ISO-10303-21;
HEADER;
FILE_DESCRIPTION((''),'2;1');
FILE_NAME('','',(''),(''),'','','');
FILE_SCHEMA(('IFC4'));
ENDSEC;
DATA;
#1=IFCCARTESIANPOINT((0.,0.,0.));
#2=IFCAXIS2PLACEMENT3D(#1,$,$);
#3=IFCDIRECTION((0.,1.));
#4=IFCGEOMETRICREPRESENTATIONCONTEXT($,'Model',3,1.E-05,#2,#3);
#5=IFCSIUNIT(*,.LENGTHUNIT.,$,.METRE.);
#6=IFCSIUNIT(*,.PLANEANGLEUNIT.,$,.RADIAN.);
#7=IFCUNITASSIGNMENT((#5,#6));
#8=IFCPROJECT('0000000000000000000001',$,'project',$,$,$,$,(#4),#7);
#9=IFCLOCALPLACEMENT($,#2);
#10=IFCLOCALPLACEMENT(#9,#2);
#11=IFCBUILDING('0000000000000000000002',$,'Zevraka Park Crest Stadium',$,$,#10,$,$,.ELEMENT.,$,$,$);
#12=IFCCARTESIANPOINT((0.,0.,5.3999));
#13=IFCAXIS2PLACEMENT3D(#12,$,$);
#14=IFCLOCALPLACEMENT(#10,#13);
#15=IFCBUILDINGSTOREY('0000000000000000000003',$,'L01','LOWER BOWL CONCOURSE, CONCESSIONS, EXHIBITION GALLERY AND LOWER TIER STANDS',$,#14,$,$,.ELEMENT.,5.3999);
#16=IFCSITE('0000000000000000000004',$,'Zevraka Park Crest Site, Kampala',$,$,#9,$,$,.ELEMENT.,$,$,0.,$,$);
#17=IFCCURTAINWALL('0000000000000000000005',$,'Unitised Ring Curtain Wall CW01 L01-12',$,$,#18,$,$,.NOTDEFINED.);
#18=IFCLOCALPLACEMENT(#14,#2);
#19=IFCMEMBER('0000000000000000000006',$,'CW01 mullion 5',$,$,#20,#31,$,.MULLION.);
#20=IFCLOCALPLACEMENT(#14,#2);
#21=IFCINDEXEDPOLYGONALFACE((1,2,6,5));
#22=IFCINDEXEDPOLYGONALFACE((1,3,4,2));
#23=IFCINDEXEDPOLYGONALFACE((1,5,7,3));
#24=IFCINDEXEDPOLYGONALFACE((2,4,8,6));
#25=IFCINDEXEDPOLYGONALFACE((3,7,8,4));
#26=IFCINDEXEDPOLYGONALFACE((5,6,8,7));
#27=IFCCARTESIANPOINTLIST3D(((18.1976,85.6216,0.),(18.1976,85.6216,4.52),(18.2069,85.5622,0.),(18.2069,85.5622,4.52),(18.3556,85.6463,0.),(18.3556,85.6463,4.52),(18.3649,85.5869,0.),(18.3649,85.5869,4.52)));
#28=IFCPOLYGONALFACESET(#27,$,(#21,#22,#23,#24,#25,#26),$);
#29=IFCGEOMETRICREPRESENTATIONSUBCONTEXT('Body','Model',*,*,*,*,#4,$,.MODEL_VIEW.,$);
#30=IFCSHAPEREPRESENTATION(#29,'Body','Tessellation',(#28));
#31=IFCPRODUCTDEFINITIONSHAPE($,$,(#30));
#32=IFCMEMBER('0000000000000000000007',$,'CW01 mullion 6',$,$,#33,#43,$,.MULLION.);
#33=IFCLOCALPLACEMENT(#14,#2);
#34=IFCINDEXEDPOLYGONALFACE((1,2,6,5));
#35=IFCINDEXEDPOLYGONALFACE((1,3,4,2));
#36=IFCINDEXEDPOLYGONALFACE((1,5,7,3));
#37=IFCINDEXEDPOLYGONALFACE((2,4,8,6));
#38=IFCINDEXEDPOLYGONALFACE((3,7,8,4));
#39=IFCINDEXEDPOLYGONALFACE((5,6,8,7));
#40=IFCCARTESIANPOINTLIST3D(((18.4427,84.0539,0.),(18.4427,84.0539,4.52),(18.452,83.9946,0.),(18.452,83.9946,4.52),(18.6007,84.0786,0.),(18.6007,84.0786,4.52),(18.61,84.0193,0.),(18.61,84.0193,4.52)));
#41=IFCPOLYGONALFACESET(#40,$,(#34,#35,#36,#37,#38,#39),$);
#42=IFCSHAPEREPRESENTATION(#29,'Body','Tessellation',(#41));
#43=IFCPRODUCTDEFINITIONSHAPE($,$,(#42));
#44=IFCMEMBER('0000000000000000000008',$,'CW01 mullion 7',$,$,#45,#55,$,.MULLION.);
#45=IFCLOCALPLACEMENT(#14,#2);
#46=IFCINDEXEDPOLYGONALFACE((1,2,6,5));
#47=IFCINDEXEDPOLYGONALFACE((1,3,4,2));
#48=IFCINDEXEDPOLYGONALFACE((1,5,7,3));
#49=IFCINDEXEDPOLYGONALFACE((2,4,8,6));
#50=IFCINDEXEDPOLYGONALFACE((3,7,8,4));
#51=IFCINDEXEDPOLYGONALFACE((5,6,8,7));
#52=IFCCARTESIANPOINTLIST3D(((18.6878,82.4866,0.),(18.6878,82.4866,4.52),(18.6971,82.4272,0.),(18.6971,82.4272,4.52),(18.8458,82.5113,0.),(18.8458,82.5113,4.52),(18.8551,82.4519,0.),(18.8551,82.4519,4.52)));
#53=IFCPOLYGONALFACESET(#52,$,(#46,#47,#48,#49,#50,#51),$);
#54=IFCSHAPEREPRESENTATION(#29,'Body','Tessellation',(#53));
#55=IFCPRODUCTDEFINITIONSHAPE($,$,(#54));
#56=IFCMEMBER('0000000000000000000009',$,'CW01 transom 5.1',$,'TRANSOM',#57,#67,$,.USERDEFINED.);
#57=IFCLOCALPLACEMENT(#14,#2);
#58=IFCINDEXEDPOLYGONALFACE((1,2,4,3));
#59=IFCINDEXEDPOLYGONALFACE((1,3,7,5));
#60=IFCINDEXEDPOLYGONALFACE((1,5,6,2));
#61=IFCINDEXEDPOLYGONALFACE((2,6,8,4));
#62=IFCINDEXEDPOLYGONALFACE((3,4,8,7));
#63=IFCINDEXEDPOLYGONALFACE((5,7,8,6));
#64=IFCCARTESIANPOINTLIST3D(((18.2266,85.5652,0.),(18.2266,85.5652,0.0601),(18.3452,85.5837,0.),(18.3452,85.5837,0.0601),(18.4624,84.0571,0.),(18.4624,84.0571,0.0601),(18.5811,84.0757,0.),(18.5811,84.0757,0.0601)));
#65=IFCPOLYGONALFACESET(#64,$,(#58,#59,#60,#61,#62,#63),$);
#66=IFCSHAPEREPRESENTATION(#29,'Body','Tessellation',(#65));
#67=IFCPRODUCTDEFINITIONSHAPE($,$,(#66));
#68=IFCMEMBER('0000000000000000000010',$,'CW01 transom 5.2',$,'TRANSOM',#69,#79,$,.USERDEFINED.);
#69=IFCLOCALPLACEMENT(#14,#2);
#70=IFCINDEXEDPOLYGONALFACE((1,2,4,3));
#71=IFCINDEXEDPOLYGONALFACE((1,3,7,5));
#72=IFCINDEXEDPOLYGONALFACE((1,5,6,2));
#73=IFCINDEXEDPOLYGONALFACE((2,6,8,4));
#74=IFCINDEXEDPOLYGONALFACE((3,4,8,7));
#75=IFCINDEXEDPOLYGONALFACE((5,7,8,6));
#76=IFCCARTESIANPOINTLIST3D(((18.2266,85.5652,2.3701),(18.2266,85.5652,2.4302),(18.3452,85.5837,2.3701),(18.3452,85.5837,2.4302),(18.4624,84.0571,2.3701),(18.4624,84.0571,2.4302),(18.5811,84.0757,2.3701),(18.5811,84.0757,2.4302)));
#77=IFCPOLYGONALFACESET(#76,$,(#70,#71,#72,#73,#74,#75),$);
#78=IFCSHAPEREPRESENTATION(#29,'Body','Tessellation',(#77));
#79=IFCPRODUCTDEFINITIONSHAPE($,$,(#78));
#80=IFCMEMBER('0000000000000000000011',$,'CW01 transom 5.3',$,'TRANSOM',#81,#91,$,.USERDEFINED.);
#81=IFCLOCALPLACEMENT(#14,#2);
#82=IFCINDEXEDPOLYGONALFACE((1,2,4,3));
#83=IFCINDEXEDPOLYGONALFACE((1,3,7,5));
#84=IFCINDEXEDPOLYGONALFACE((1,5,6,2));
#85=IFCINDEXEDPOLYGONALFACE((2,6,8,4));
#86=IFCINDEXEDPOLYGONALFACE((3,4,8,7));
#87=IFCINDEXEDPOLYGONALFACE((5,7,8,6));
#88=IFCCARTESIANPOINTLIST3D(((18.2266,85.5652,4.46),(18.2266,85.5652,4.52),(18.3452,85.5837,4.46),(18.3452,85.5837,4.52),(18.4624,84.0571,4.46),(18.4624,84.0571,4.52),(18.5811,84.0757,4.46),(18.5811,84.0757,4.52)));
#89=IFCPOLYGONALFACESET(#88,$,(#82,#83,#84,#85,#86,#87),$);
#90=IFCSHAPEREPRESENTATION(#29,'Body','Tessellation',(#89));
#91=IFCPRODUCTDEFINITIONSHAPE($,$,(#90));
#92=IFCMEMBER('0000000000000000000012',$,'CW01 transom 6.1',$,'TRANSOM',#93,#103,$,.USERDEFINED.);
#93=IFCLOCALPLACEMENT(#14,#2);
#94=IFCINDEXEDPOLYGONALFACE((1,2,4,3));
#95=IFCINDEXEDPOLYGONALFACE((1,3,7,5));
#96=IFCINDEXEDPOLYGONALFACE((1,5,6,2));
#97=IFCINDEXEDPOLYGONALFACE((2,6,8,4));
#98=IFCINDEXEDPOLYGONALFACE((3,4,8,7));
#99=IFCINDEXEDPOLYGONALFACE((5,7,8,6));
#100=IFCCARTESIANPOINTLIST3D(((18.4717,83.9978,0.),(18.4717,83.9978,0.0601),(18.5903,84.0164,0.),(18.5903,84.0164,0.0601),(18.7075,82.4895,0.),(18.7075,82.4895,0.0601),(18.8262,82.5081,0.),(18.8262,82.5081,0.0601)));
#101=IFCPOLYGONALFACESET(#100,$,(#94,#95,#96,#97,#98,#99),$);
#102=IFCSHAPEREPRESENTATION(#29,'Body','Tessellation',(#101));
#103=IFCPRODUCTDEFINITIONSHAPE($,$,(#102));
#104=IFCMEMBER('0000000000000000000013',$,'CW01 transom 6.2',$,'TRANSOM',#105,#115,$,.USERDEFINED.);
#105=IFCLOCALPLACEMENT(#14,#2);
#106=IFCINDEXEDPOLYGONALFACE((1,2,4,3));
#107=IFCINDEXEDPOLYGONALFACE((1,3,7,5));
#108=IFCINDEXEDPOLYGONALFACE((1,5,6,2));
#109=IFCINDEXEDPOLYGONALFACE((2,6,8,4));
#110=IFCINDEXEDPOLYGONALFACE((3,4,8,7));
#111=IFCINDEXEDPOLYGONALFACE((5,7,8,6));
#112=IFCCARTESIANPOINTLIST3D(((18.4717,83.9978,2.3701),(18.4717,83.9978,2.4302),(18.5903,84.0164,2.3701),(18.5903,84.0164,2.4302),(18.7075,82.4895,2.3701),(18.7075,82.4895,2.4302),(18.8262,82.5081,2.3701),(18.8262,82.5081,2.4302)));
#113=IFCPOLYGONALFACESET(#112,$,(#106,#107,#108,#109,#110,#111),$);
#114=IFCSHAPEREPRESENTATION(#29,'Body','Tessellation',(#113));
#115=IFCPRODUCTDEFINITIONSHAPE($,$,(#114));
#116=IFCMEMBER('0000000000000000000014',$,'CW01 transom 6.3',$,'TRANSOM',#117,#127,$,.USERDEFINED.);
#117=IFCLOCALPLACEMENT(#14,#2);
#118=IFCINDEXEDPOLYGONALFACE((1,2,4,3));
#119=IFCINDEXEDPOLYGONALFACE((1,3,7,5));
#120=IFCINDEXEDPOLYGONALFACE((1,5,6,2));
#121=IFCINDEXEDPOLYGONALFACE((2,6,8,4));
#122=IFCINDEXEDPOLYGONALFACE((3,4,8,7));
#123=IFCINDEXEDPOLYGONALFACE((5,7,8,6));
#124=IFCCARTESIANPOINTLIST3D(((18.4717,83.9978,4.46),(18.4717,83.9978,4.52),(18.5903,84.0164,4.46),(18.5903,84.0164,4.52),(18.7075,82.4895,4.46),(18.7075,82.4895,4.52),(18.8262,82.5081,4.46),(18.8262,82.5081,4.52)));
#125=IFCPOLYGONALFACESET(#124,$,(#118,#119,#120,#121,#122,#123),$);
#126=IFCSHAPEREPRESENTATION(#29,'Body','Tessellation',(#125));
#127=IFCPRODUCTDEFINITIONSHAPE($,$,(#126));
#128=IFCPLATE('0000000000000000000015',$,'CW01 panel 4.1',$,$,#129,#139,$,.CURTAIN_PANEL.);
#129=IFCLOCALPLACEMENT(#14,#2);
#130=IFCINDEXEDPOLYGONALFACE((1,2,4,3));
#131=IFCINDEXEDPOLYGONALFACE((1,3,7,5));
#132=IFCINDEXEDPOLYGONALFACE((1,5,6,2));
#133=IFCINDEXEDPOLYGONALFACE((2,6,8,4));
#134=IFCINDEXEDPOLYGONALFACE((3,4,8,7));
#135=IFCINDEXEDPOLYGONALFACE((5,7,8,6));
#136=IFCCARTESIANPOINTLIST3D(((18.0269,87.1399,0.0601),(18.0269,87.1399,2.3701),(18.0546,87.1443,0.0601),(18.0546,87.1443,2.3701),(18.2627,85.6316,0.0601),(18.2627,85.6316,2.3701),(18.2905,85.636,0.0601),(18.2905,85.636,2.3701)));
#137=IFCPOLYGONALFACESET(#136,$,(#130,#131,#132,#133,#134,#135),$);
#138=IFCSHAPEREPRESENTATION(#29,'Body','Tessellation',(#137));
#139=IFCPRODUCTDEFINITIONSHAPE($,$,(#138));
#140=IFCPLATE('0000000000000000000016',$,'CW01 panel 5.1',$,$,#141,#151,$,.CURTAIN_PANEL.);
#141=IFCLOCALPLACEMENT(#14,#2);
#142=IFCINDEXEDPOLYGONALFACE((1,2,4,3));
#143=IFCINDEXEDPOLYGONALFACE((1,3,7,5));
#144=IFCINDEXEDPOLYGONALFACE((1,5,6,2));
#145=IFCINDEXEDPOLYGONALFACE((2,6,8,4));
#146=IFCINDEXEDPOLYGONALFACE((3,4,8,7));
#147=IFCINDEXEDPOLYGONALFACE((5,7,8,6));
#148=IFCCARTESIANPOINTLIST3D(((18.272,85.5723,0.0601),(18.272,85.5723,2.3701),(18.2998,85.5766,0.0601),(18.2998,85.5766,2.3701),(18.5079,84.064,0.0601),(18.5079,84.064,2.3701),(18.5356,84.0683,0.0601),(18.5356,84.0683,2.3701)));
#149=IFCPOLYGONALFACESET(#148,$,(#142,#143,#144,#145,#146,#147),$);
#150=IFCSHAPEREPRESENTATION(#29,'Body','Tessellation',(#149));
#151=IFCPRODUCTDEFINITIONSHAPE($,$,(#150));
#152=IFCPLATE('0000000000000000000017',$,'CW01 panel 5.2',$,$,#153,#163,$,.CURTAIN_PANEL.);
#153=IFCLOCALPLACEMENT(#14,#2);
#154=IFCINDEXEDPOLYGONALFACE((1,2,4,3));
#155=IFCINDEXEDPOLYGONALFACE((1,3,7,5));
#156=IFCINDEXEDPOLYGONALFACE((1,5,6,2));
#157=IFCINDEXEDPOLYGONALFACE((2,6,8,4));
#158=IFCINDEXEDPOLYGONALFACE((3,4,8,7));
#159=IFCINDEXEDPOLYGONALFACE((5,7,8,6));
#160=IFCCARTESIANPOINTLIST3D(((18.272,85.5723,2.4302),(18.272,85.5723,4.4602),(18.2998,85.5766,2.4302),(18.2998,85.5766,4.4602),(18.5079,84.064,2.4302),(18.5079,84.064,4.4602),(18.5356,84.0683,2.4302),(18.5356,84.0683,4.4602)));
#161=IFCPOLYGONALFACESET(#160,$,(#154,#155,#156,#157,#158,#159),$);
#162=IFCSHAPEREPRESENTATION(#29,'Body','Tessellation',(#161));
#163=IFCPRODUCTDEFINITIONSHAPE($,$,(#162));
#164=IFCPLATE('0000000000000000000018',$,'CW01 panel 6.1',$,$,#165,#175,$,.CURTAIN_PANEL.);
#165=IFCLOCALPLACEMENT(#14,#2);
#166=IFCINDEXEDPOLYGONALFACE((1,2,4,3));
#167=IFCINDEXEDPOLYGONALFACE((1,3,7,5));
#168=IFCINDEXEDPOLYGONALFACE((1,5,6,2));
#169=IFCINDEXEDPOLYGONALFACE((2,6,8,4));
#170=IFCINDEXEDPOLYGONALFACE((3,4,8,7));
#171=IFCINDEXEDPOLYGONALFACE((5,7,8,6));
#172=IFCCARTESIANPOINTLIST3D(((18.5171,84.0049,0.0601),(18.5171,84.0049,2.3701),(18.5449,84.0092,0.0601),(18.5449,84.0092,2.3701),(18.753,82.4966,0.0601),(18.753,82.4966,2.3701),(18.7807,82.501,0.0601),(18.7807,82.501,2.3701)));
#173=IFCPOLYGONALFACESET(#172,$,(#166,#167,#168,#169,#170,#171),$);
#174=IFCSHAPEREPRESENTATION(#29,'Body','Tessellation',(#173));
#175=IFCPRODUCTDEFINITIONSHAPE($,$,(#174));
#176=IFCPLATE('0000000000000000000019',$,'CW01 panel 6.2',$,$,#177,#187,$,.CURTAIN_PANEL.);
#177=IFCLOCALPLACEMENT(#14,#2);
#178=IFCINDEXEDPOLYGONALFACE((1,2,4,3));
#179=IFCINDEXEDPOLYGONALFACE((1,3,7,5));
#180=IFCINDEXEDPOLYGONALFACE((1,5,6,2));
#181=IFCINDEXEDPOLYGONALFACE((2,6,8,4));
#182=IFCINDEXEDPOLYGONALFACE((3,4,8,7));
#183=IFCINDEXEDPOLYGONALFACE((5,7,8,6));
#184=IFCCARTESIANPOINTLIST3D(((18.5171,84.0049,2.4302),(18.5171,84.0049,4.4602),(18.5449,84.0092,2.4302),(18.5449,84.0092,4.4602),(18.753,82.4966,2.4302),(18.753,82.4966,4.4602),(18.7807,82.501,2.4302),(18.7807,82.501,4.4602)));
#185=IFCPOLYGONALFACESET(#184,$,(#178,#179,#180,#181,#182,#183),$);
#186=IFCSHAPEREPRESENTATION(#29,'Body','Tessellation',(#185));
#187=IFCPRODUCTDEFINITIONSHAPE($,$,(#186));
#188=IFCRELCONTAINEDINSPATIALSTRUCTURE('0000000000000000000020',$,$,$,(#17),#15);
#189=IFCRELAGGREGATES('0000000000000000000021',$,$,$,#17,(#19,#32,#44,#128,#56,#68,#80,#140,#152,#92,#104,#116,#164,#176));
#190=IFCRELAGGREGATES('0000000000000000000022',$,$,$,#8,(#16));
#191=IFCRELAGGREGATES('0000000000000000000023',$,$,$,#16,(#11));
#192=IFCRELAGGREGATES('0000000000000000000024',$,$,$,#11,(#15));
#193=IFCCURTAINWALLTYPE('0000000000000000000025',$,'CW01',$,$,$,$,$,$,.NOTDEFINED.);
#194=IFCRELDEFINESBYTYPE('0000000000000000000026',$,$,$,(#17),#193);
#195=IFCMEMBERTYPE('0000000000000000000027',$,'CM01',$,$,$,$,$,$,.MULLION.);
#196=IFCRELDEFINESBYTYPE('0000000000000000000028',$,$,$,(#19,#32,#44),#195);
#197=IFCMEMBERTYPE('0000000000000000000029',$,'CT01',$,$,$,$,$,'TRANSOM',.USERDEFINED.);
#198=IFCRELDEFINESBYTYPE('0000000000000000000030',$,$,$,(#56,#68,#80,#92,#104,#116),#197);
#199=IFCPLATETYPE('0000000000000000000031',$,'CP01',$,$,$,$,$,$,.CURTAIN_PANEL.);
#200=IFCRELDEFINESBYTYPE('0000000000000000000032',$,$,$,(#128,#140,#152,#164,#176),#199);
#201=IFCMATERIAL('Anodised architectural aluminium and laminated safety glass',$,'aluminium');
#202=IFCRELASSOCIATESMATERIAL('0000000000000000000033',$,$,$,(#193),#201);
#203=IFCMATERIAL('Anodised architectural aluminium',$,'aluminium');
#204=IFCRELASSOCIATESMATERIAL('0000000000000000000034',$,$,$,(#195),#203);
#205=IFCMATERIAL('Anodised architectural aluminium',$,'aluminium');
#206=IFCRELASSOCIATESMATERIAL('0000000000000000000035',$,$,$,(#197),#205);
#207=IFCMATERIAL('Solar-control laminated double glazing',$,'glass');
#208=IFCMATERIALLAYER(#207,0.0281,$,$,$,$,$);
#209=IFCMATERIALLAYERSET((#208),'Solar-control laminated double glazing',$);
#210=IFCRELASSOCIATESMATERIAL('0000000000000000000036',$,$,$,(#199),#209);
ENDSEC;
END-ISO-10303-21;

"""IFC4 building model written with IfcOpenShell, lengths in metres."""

from ifc_helpers import new_model, si_unit, direction, frame, origin, origin_2d, place, context, subcontext, project, spatial, rectangle, extrude, material, layer, layer_set, material_profile, profile_set, type_object, element, aggregate, save


model = new_model("IFC4")

# Units and contexts
model_context = context("Model", 3, precision=1e-05, world=origin(), true_north=direction((0.0, 1.0)))
body_context = subcontext(model_context, "Body", "Model", "MODEL_VIEW")
ifc_project = project(units=[si_unit("LENGTHUNIT", "METRE"), si_unit("PLANEANGLEUNIT", "RADIAN")], contexts=[model_context])

# Site, building, storey
site_placement = place(None, origin())
site = spatial("IfcSite", under=ifc_project, at=site_placement, Name="Zevraka Park Crest Site, Kampala", CompositionType="ELEMENT", RefElevation=0.0)
building_placement = place(site_placement, origin())
building = spatial("IfcBuilding", under=site, at=building_placement, Name="Zevraka Park Crest Stadium", CompositionType="ELEMENT")
storey_placement = place(building_placement, frame((0.0, 0.0, 5.3999)))
storey = spatial("IfcBuildingStorey", under=building, at=storey_placement, Name="L01", Description="LOWER BOWL CONCOURSE, CONCESSIONS, EXHIBITION GALLERY AND LOWER TIER STANDS", CompositionType="ELEMENT", Elevation=5.3999)

# Curtain wall, members, plates
ifc_material_1 = material(Name="Anodised architectural aluminium and laminated safety glass", Category="aluminium")
curtain_wall_type = type_object("IfcCurtainWallType", Name="CW01", PredefinedType="NOTDEFINED", material=ifc_material_1)
curtain_wall_placement = place(storey_placement, origin())
curtain_wall = element("IfcCurtainWall", 1, at=curtain_wall_placement, inside=storey, type_object=curtain_wall_type, Name="Unitised Ring Curtain Wall CW01 L01-12", PredefinedType="NOTDEFINED")
ifc_material_2 = material(Name="Anodised architectural aluminium", Category="aluminium")
ifc_material_profile_1 = material_profile(ifc_material_2, rectangle(XDim=0.1599, YDim=0.0601, at=origin_2d()), Name="ALU MULLION 160x60")
ifc_profile_set_1 = profile_set([ifc_material_profile_1], Name="Anodised architectural aluminium")
member_type_1 = type_object("IfcMemberType", Name="CM01", PredefinedType="MULLION", material=ifc_profile_set_1)
member_1_placement = place(storey_placement, frame((18.2812, 85.6042, 0.0), z_axis=(0.0, 0.0, 1.0), x_axis=(0.987997, 0.154476, 0.0)))
member_1 = element("IfcMember", 2, at=member_1_placement, type_object=member_type_1, Name="CW01 mullion 5", PredefinedType="MULLION", context=body_context, shape_type="SweptSolid", body=[
    extrude(rectangle(XDim=0.1599, YDim=0.0601, at=origin_2d()), origin(), (0.0, 0.0, 1.0), 4.52),
])
member_2_placement = place(storey_placement, frame((18.5264, 84.0366, 0.0), z_axis=(0.0, 0.0, 1.0), x_axis=(0.987997, 0.154476, 0.0)))
member_2 = element("IfcMember", 3, at=member_2_placement, type_object=member_type_1, Name="CW01 mullion 6", PredefinedType="MULLION", context=body_context, shape_type="SweptSolid", body=[
    extrude(rectangle(XDim=0.1599, YDim=0.0601, at=origin_2d()), origin(), (0.0, 0.0, 1.0), 4.52),
])
member_3_placement = place(storey_placement, frame((18.7715, 82.4692, 0.0), z_axis=(0.0, 0.0, 1.0), x_axis=(0.987997, 0.154476, 0.0)))
member_3 = element("IfcMember", 4, at=member_3_placement, type_object=member_type_1, Name="CW01 mullion 7", PredefinedType="MULLION", context=body_context, shape_type="SweptSolid", body=[
    extrude(rectangle(XDim=0.1599, YDim=0.0601, at=origin_2d()), origin(), (0.0, 0.0, 1.0), 4.52),
])
ifc_material_3 = material(Name="Anodised architectural aluminium", Category="aluminium")
ifc_material_profile_2 = material_profile(ifc_material_3, rectangle(XDim=0.1201, YDim=0.0601, at=origin_2d()), Name="ALU TRANSOM 120x60")
ifc_profile_set_2 = profile_set([ifc_material_profile_2], Name="Anodised architectural aluminium")
member_type_2 = type_object("IfcMemberType", Name="CT01", ElementType="TRANSOM", PredefinedType="USERDEFINED", material=ifc_profile_set_2)
member_4_placement = place(storey_placement, frame((18.2859, 85.5745, 0.03), z_axis=(0.154509, -0.987991, 0.0), x_axis=(0.987991, 0.154509, 0.0)))
member_4 = element("IfcMember", 5, at=member_4_placement, type_object=member_type_2, Name="CW01 transom 5.1", ObjectType="TRANSOM", PredefinedType="USERDEFINED", context=body_context, shape_type="SweptSolid", body=[
    extrude(rectangle(XDim=0.1201, YDim=0.0601, at=origin_2d()), origin(), (0.0, 0.0, 1.0), 1.5264),
])
member_5_placement = place(storey_placement, frame((18.2859, 85.5745, 2.4001), z_axis=(0.154509, -0.987991, 0.0), x_axis=(0.987991, 0.154509, 0.0)))
member_5 = element("IfcMember", 6, at=member_5_placement, type_object=member_type_2, Name="CW01 transom 5.2", ObjectType="TRANSOM", PredefinedType="USERDEFINED", context=body_context, shape_type="SweptSolid", body=[
    extrude(rectangle(XDim=0.1201, YDim=0.0601, at=origin_2d()), origin(), (0.0, 0.0, 1.0), 1.5264),
])
member_6_placement = place(storey_placement, frame((18.2859, 85.5745, 4.49), z_axis=(0.154509, -0.987991, 0.0), x_axis=(0.987991, 0.154509, 0.0)))
member_6 = element("IfcMember", 7, at=member_6_placement, type_object=member_type_2, Name="CW01 transom 5.3", ObjectType="TRANSOM", PredefinedType="USERDEFINED", context=body_context, shape_type="SweptSolid", body=[
    extrude(rectangle(XDim=0.1201, YDim=0.0601, at=origin_2d()), origin(), (0.0, 0.0, 1.0), 1.5264),
])
member_7_placement = place(storey_placement, frame((18.531, 84.0071, 0.03), z_axis=(0.154484, -0.987995, 0.0), x_axis=(0.987995, 0.154484, 0.0)))
member_7 = element("IfcMember", 8, at=member_7_placement, type_object=member_type_2, Name="CW01 transom 6.1", ObjectType="TRANSOM", PredefinedType="USERDEFINED", context=body_context, shape_type="SweptSolid", body=[
    extrude(rectangle(XDim=0.1201, YDim=0.0601, at=origin_2d()), origin(), (0.0, 0.0, 1.0), 1.5266),
])
member_8_placement = place(storey_placement, frame((18.531, 84.0071, 2.4001), z_axis=(0.154484, -0.987995, 0.0), x_axis=(0.987995, 0.154484, 0.0)))
member_8 = element("IfcMember", 9, at=member_8_placement, type_object=member_type_2, Name="CW01 transom 6.2", ObjectType="TRANSOM", PredefinedType="USERDEFINED", context=body_context, shape_type="SweptSolid", body=[
    extrude(rectangle(XDim=0.1201, YDim=0.0601, at=origin_2d()), origin(), (0.0, 0.0, 1.0), 1.5266),
])
member_9_placement = place(storey_placement, frame((18.531, 84.0071, 4.49), z_axis=(0.154484, -0.987995, 0.0), x_axis=(0.987995, 0.154484, 0.0)))
member_9 = element("IfcMember", 10, at=member_9_placement, type_object=member_type_2, Name="CW01 transom 6.3", ObjectType="TRANSOM", PredefinedType="USERDEFINED", context=body_context, shape_type="SweptSolid", body=[
    extrude(rectangle(XDim=0.1201, YDim=0.0601, at=origin_2d()), origin(), (0.0, 0.0, 1.0), 1.5266),
])
ifc_material_4 = material(Name="Solar-control laminated double glazing", Category="glass")
ifc_layer_1 = layer(ifc_material_4, 0.0281)
ifc_layer_set_1 = layer_set([ifc_layer_1], Name="Solar-control laminated double glazing")
plate_type = type_object("IfcPlateType", Name="CP01", PredefinedType="CURTAIN_PANEL", material=ifc_layer_set_1)
plate_1_placement = place(storey_placement, frame((18.1587, 86.3879, 0.0601), z_axis=(0.0, 0.0, 1.0), x_axis=(0.154476, -0.987997, 0.0)))
plate_1 = element("IfcPlate", 11, at=plate_1_placement, type_object=plate_type, Name="CW01 panel 4.1", PredefinedType="CURTAIN_PANEL", context=body_context, shape_type="SweptSolid", body=[
    extrude(rectangle(XDim=1.5266, YDim=0.0281, at=origin_2d()), origin(), (0.0, 0.0, 1.0), 2.3101),
])
plate_2_placement = place(storey_placement, frame((18.4038, 84.8203, 0.0601), z_axis=(0.0, 0.0, 1.0), x_axis=(0.154476, -0.987997, 0.0)))
plate_2 = element("IfcPlate", 12, at=plate_2_placement, type_object=plate_type, Name="CW01 panel 5.1", PredefinedType="CURTAIN_PANEL", context=body_context, shape_type="SweptSolid", body=[
    extrude(rectangle(XDim=1.5266, YDim=0.0281, at=origin_2d()), origin(), (0.0, 0.0, 1.0), 2.3101),
])
plate_3_placement = place(storey_placement, frame((18.4038, 84.8203, 2.4302), z_axis=(0.0, 0.0, 1.0), x_axis=(0.154476, -0.987997, 0.0)))
plate_3 = element("IfcPlate", 13, at=plate_3_placement, type_object=plate_type, Name="CW01 panel 5.2", PredefinedType="CURTAIN_PANEL", context=body_context, shape_type="SweptSolid", body=[
    extrude(rectangle(XDim=1.5266, YDim=0.0281, at=origin_2d()), origin(), (0.0, 0.0, 1.0), 2.03),
])
plate_4_placement = place(storey_placement, frame((18.6489, 83.2529, 0.0601), z_axis=(0.0, 0.0, 1.0), x_axis=(0.154476, -0.987997, 0.0)))
plate_4 = element("IfcPlate", 14, at=plate_4_placement, type_object=plate_type, Name="CW01 panel 6.1", PredefinedType="CURTAIN_PANEL", context=body_context, shape_type="SweptSolid", body=[
    extrude(rectangle(XDim=1.5266, YDim=0.0281, at=origin_2d()), origin(), (0.0, 0.0, 1.0), 2.3101),
])
plate_5_placement = place(storey_placement, frame((18.6489, 83.2529, 2.4302), z_axis=(0.0, 0.0, 1.0), x_axis=(0.154476, -0.987997, 0.0)))
plate_5 = element("IfcPlate", 15, at=plate_5_placement, type_object=plate_type, Name="CW01 panel 6.2", PredefinedType="CURTAIN_PANEL", context=body_context, shape_type="SweptSolid", body=[
    extrude(rectangle(XDim=1.5266, YDim=0.0281, at=origin_2d()), origin(), (0.0, 0.0, 1.0), 2.03),
])
aggregate(curtain_wall, [member_1, member_2, member_3, plate_1, member_4, member_5, member_6, plate_2, plate_3, member_7, member_8, member_9, plate_4, plate_5])

save(model, "model.ifc")
